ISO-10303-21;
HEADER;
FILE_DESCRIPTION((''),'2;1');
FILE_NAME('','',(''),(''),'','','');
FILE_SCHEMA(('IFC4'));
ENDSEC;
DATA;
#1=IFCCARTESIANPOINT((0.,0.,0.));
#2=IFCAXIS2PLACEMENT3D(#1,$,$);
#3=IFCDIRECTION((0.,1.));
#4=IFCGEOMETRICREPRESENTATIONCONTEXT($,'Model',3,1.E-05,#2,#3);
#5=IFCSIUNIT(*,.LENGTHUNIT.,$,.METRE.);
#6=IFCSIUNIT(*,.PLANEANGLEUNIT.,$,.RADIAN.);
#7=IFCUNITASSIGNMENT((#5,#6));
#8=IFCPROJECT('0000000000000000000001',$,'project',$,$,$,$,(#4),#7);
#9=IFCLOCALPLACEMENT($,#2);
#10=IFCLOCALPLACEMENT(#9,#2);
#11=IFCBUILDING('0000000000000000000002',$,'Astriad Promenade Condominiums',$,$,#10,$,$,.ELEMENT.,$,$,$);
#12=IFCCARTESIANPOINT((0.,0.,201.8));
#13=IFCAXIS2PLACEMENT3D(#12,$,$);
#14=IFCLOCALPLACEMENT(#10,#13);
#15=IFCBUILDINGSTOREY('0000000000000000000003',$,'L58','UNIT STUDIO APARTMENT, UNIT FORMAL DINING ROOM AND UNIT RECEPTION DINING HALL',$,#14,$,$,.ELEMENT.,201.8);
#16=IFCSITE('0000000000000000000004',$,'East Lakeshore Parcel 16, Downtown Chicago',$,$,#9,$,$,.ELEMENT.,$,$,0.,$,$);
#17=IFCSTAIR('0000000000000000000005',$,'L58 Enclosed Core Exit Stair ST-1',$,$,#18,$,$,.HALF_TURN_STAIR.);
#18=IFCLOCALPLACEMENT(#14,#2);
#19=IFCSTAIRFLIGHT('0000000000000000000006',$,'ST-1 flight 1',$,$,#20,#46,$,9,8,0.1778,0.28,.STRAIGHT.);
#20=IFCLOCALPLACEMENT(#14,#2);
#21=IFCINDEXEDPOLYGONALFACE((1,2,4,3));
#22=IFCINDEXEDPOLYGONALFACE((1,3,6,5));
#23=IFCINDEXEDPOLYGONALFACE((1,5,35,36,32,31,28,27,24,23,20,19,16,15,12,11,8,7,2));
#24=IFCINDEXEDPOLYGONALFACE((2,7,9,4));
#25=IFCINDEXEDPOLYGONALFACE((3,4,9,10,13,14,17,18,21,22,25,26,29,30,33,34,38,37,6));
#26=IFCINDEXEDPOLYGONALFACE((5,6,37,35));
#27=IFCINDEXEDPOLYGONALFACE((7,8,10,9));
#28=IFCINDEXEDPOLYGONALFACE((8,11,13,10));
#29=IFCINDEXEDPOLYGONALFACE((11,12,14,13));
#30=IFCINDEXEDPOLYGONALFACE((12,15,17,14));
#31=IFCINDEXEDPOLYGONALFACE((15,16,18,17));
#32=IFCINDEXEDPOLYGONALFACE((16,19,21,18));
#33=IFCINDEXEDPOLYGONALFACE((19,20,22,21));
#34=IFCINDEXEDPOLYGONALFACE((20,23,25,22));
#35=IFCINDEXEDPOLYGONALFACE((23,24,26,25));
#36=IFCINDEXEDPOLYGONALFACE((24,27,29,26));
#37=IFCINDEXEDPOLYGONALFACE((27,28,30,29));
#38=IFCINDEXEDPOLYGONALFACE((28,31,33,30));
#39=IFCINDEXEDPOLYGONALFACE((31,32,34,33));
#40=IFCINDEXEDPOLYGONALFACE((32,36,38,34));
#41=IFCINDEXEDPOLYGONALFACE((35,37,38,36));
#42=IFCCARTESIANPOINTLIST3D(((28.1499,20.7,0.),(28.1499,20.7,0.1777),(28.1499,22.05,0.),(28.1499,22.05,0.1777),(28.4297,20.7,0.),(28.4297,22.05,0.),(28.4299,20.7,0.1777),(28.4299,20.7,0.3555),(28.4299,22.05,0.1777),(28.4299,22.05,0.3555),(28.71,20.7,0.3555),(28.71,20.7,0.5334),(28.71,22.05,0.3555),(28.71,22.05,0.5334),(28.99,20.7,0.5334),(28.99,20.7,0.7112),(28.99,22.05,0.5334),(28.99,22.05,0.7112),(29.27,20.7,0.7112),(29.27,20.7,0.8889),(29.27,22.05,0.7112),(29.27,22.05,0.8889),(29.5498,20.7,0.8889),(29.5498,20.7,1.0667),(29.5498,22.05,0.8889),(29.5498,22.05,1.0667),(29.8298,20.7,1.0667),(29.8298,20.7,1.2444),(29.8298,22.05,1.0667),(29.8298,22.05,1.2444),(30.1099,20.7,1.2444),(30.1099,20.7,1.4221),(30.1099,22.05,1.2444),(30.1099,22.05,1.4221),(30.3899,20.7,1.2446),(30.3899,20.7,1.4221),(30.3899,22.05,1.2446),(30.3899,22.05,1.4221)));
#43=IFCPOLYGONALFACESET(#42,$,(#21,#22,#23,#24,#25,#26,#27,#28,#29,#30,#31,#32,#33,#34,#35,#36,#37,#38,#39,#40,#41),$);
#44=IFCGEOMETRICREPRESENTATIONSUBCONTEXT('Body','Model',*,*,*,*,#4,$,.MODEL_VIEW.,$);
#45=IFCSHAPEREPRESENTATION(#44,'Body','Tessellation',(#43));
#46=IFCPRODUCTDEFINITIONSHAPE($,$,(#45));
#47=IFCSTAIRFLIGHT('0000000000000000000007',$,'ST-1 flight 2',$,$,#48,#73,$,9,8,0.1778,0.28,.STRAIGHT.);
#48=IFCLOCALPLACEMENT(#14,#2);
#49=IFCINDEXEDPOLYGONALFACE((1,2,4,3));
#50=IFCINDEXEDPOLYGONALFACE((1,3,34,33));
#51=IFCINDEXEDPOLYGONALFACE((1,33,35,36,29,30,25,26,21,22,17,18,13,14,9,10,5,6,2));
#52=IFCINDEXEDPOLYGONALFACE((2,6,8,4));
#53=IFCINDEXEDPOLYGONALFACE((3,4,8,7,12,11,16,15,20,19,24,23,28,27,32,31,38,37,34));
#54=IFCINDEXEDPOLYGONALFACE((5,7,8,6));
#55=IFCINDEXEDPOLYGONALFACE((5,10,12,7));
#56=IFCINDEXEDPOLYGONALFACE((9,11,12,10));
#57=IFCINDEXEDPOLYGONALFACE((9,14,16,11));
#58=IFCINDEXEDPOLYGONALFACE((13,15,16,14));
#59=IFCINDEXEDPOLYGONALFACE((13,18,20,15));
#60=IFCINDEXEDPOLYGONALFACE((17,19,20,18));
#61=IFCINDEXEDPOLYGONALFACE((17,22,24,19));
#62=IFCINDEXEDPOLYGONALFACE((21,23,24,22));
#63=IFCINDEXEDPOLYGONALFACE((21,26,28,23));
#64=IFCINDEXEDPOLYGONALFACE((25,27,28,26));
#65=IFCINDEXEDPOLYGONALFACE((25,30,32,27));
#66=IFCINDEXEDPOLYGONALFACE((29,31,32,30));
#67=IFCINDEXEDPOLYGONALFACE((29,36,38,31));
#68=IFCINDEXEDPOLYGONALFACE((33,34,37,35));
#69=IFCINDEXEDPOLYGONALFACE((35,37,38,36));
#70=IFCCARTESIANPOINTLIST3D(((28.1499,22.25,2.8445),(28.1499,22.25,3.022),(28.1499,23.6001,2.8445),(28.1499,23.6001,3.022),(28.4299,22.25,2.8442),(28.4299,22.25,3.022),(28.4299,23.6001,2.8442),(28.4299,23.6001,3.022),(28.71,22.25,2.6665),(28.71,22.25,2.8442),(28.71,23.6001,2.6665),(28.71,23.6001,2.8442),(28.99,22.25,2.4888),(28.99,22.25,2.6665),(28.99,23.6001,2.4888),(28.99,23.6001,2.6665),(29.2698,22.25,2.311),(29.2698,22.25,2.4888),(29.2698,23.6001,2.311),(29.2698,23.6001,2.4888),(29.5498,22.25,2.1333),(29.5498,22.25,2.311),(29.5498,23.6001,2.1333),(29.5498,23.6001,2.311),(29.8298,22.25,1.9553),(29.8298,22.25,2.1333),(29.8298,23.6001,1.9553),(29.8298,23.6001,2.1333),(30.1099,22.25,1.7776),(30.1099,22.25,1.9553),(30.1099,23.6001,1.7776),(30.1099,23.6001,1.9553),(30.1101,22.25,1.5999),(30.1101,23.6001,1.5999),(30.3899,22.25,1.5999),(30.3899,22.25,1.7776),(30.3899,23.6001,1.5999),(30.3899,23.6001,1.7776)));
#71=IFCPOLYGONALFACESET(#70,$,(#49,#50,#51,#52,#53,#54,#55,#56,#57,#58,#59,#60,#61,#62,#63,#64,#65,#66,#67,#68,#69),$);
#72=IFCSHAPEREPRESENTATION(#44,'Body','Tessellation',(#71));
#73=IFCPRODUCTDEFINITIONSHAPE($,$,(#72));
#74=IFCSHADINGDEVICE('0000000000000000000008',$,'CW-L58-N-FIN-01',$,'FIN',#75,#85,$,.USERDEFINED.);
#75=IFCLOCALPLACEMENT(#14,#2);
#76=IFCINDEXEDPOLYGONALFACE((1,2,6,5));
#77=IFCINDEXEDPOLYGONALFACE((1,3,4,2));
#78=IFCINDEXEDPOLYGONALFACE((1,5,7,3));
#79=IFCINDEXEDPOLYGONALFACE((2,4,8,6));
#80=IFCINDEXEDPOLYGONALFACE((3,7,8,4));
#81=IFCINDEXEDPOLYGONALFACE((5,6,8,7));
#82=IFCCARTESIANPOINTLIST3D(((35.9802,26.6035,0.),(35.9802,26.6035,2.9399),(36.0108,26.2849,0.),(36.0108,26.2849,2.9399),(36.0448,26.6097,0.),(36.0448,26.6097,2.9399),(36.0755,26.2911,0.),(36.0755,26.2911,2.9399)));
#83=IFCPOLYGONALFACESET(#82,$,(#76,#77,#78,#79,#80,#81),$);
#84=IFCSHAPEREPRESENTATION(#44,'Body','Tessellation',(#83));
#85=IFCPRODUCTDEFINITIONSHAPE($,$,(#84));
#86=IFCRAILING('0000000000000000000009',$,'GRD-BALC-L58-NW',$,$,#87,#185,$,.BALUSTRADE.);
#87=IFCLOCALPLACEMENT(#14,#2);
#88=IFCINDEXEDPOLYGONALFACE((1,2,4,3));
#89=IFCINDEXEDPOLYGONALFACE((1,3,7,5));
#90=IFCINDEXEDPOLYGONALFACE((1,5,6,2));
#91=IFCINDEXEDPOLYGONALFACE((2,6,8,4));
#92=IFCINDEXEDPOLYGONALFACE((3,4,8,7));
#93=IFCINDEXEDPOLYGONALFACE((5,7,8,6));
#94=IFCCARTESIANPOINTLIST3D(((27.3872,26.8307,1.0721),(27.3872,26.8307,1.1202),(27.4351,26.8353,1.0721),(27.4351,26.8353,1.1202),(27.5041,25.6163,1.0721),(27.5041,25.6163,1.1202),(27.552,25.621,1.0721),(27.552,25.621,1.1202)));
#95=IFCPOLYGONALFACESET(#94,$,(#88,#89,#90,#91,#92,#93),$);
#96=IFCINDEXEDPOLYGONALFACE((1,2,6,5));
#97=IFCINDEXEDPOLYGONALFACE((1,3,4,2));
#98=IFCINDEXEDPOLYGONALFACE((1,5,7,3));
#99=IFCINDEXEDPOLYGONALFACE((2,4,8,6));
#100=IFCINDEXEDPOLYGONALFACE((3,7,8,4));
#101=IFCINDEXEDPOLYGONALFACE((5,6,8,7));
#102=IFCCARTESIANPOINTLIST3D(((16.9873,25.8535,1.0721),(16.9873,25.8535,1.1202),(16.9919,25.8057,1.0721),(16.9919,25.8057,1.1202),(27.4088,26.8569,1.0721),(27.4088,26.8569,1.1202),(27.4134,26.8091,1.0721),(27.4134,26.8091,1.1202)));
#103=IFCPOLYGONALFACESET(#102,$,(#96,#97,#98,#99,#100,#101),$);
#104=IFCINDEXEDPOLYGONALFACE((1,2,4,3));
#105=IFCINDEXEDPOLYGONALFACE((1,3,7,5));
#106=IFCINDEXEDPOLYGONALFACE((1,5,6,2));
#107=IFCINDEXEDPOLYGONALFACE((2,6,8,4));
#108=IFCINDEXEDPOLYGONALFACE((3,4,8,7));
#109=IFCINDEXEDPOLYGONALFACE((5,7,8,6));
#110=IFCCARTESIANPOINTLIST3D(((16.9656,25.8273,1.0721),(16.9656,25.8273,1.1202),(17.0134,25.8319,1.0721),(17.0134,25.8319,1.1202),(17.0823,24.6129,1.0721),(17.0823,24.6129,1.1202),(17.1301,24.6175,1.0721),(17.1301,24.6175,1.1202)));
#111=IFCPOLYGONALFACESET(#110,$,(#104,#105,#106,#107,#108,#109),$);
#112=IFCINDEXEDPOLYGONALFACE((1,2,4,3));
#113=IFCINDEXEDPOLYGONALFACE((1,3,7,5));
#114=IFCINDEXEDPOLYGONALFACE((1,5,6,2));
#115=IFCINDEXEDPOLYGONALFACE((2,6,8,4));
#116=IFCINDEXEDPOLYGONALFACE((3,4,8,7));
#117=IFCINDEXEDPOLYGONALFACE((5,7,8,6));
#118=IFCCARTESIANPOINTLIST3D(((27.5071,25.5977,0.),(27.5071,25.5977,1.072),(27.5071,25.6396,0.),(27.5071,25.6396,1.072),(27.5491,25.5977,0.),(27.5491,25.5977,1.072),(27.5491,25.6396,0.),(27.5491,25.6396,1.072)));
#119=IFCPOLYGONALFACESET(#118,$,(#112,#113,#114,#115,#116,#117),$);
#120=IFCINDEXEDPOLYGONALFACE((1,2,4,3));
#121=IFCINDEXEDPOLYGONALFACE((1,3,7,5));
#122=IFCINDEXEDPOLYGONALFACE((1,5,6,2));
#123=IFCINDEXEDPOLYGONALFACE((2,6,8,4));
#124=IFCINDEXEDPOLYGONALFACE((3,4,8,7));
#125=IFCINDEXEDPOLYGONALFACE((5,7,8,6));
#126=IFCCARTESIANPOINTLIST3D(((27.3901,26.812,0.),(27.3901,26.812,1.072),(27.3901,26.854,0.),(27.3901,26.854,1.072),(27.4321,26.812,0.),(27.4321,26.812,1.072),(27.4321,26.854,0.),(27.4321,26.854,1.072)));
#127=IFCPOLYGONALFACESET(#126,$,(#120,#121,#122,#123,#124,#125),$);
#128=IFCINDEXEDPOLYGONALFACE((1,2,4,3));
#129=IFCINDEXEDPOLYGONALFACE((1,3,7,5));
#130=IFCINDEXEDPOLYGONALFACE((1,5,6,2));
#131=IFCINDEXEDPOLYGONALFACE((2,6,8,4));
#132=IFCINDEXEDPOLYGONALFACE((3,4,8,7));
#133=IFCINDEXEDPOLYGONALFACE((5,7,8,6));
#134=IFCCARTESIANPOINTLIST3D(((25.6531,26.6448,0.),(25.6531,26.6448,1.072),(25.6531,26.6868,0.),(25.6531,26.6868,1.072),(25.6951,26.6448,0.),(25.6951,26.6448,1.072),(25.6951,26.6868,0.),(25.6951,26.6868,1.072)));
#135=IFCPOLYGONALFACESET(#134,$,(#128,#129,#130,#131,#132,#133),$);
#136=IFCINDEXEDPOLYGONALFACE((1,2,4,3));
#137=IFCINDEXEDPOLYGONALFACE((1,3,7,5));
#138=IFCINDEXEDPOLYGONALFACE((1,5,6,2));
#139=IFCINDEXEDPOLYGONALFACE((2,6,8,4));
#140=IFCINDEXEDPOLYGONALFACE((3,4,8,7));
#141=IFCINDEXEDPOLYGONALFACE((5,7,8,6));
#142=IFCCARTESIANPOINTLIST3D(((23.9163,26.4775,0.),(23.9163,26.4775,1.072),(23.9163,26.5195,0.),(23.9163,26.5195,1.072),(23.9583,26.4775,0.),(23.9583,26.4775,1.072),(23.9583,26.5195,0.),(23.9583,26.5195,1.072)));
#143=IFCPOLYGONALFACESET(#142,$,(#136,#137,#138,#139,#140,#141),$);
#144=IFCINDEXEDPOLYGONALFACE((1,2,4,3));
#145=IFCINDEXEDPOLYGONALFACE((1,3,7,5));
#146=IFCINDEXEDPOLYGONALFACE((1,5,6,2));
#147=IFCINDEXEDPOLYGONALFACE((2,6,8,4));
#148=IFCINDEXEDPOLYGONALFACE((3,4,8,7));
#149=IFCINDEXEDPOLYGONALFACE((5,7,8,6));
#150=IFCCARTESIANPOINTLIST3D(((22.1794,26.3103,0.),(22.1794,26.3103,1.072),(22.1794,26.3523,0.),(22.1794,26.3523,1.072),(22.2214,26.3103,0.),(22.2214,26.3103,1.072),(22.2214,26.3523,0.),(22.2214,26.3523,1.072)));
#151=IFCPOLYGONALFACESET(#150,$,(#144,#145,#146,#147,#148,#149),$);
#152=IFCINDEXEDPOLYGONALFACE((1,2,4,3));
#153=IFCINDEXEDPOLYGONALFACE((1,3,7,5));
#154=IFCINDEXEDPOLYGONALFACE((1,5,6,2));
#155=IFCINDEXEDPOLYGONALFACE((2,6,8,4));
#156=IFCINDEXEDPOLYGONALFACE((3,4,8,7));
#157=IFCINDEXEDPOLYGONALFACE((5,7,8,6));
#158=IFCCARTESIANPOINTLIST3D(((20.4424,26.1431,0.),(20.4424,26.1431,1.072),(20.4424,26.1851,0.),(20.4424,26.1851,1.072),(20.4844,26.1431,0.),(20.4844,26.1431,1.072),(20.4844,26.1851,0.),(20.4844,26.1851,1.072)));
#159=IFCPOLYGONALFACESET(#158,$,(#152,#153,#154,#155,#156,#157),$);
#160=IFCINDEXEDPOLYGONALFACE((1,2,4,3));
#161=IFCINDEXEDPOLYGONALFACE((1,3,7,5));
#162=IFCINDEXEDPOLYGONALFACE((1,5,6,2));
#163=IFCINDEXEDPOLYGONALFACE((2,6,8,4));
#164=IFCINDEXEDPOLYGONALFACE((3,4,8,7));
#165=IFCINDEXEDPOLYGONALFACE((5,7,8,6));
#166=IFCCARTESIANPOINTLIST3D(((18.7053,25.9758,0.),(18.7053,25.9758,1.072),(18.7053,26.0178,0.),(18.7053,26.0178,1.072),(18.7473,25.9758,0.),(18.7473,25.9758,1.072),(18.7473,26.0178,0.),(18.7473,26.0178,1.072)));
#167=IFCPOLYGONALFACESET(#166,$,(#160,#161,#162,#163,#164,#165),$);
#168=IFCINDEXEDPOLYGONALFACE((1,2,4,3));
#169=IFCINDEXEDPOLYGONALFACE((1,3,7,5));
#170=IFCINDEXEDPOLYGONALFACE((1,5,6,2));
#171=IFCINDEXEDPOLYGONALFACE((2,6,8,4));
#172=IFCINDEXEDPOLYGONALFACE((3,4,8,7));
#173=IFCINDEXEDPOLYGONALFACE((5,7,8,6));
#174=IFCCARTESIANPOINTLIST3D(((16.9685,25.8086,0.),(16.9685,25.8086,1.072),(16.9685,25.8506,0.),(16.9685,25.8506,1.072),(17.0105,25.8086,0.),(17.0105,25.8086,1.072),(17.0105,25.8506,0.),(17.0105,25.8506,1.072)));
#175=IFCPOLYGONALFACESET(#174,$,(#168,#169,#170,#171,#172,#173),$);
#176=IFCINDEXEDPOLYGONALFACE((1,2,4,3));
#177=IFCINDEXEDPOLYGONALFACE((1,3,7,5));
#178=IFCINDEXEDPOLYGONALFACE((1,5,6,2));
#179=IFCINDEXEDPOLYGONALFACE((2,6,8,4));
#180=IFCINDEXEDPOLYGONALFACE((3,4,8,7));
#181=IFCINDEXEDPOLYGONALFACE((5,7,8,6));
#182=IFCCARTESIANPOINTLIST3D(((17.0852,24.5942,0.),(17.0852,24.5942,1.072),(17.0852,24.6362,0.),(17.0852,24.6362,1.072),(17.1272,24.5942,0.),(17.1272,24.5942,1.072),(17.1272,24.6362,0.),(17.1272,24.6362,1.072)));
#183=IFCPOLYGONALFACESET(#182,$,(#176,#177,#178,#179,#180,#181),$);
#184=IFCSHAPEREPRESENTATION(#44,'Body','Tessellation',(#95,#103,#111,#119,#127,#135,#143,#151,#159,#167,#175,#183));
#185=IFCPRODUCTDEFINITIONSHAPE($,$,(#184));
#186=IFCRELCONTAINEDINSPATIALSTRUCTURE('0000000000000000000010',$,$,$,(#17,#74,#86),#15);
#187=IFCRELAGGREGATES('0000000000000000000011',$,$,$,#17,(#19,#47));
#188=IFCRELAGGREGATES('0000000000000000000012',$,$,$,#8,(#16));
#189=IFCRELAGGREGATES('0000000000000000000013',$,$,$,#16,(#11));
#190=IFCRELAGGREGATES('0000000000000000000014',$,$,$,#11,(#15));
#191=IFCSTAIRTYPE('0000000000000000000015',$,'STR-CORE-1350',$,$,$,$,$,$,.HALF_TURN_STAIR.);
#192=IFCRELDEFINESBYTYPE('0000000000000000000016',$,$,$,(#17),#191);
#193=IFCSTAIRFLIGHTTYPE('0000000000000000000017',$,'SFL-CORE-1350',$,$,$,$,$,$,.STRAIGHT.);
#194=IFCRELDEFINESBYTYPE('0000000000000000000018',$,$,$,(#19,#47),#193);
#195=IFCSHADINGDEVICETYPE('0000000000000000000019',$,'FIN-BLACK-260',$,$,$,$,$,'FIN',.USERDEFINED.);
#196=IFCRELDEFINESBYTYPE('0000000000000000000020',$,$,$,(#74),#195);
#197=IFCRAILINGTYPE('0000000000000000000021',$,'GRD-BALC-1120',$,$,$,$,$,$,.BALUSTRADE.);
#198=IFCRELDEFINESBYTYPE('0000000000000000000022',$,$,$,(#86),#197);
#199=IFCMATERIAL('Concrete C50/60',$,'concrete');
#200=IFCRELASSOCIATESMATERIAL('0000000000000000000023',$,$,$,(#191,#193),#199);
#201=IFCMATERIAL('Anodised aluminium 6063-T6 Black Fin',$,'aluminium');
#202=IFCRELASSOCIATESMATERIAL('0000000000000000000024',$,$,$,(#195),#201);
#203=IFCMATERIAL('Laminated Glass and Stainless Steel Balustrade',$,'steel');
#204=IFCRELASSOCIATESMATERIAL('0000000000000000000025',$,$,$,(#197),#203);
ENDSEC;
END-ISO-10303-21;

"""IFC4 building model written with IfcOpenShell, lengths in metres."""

from ifc_helpers import new_model, si_unit, direction, frame, origin, origin_2d, place, context, subcontext, project, spatial, polyline, rectangle, outline, extrude, source, transform, mapped, material, type_object, type_shapes, element, aggregate, save


model = new_model("IFC4")

# Units and contexts
model_context = context("Model", 3, precision=1e-05, world=origin(), true_north=direction((0.0, 1.0)))
body_context = subcontext(model_context, "Body", "Model", "MODEL_VIEW")
ifc_project = project(units=[si_unit("LENGTHUNIT", "METRE"), si_unit("PLANEANGLEUNIT", "RADIAN")], contexts=[model_context])

# Site, building, storey
site_placement = place(None, origin())
site = spatial("IfcSite", under=ifc_project, at=site_placement, Name="East Lakeshore Parcel 16, Downtown Chicago", CompositionType="ELEMENT", RefElevation=0.0)
building_placement = place(site_placement, origin())
building = spatial("IfcBuilding", under=site, at=building_placement, Name="Astriad Promenade Condominiums", CompositionType="ELEMENT")
storey_placement = place(building_placement, frame((0.0, 0.0, 201.8)))
storey = spatial("IfcBuildingStorey", under=building, at=storey_placement, Name="L58", Description="UNIT STUDIO APARTMENT, UNIT FORMAL DINING ROOM AND UNIT RECEPTION DINING HALL", CompositionType="ELEMENT", Elevation=201.8)

# Shared definitions
ifc_material_1 = material(Name="Concrete C50/60", Category="concrete")

# Stair, stair flights
stair_type = type_object("IfcStairType", Name="STR-CORE-1350", PredefinedType="HALF_TURN_STAIR", material=ifc_material_1)
stair_placement = place(storey_placement, origin())
stair = element("IfcStair", 1, at=stair_placement, inside=storey, type_object=stair_type, Name="L58 Enclosed Core Exit Stair ST-1", PredefinedType="HALF_TURN_STAIR")
stair_flight_type = type_object("IfcStairFlightType", Name="SFL-CORE-1350", PredefinedType="STRAIGHT", material=ifc_material_1)
shared_shape_1 = source(origin(), body_context, "Body", "SweptSolid", [
    extrude(outline(polyline([(0.0, 0.0), (0.0, 0.1777), (0.28, 0.1777), (0.28, 0.3555), (0.5601, 0.3555), (0.5601, 0.5334), (0.8401, 0.5334), (0.8401, 0.7112), (1.1201, 0.7112), (1.1201, 0.8889), (1.3999, 0.8889), (1.3999, 1.0667), (1.6799, 1.0667), (1.6799, 1.2444), (1.96, 1.2444), (1.96, 1.4221), (2.24, 1.4221), (2.24, 1.6001), (2.24, 1.2446), (0.2798, 0.0), (0.0, 0.0)])), frame((0.0, 0.675, 0.0), z_axis=(0.0, -1.0, 0.0), x_axis=(1.0, 0.0, 0.0)), (0.0, 0.0, 1.0), 1.3501),
])
type_shapes(stair_flight_type, [shared_shape_1])
stair_flight_1_placement = place(storey_placement, frame((28.1499, 21.375, 0.0), z_axis=(0.0, 0.0, 1.0), x_axis=(1.0, 0.0, 0.0)))
stair_flight_1 = element("IfcStairFlight", 2, at=stair_flight_1_placement, type_object=stair_flight_type, Name="ST-1 flight 1", NumberOfRisers=9, NumberOfTreads=8, PredefinedType="STRAIGHT", RiserHeight=0.1778, TreadLength=0.28, context=body_context, shape_type="MappedRepresentation", body=[
    mapped(shared_shape_1, transform((0.0, 0.0, 0.0), scale=1.0)),
])
stair_flight_2_placement = place(storey_placement, frame((30.3899, 22.925, 1.5999), z_axis=(0.0, 0.0, 1.0), x_axis=(-1.0, 0.0, 0.0)))
stair_flight_2 = element("IfcStairFlight", 3, at=stair_flight_2_placement, type_object=stair_flight_type, Name="ST-1 flight 2", NumberOfRisers=9, NumberOfTreads=8, PredefinedType="STRAIGHT", RiserHeight=0.1778, TreadLength=0.28, context=body_context, shape_type="MappedRepresentation", body=[
    mapped(shared_shape_1, transform((0.0, 0.0, 0.0), scale=1.0)),
])
aggregate(stair, [stair_flight_1, stair_flight_2])

# Shading device
ifc_material_2 = material(Name="Anodised aluminium 6063-T6 Black Fin", Category="aluminium")
shading_device_type = type_object("IfcShadingDeviceType", Name="FIN-BLACK-260", ElementType="FIN", PredefinedType="USERDEFINED", material=ifc_material_2)
shared_shape_2 = source(origin(), body_context, "Body", "SweptSolid", [
    extrude(rectangle(XDim=0.0649, YDim=0.3201, at=origin_2d()), origin(), (0.0, 0.0, 1.0), 2.9399),
])
type_shapes(shading_device_type, [shared_shape_2])
shading_device_placement = place(storey_placement, frame((36.0278, 26.4473, 0.0), z_axis=(0.0, 0.0, 1.0), x_axis=(0.995396, 0.095846, 0.0)))
element("IfcShadingDevice", 4, at=shading_device_placement, inside=storey, type_object=shading_device_type, Name="CW-L58-N-FIN-01", ObjectType="FIN", PredefinedType="USERDEFINED", context=body_context, shape_type="MappedRepresentation", body=[
    mapped(shared_shape_2, transform((0.0, 0.0, 0.0), scale=1.0)),
])

# Railing
ifc_material_3 = material(Name="Laminated Glass and Stainless Steel Balustrade", Category="steel")
railing_type_1 = type_object("IfcRailingType", Name="GRD-BALC-1120", PredefinedType="BALUSTRADE", material=ifc_material_3)
shared_shape_3 = source(origin(), body_context, "Body", "SweptSolid", [
    extrude(rectangle(XDim=0.0481, YDim=0.0481, at=origin_2d()), frame((0.0, 0.0, 1.0962), z_axis=(-0.095857, 0.995395, 0.0), x_axis=(-0.995395, -0.095857, 0.0)), (0.0, 0.0, 1.0), 1.22),
    extrude(rectangle(XDim=0.0481, YDim=0.0481, at=origin_2d()), frame((-0.1169, 1.2144, 1.0962), z_axis=(-0.995397, -0.095839, 0.0), x_axis=(0.095839, -0.995397, 0.0)), (0.0, 0.0, 1.0), 10.4697),
    extrude(rectangle(XDim=0.0481, YDim=0.0481, at=origin_2d()), frame((-10.5386, 0.2109, 1.0962), z_axis=(0.095659, -0.995414, 0.0), x_axis=(0.995414, 0.095659, 0.0)), (0.0, 0.0, 1.0), 1.22),
    extrude(rectangle(XDim=0.042, YDim=0.042, at=origin_2d()), origin(), (0.0, 0.0, 1.0), 1.072),
    extrude(rectangle(XDim=0.042, YDim=0.042, at=origin_2d()), frame((-0.1169, 1.2144, 0.0)), (0.0, 0.0, 1.0), 1.072),
    extrude(rectangle(XDim=0.042, YDim=0.042, at=origin_2d()), frame((-1.854, 1.0471, 0.0)), (0.0, 0.0, 1.0), 1.072),
    extrude(rectangle(XDim=0.042, YDim=0.042, at=origin_2d()), frame((-3.5908, 0.8799, 0.0)), (0.0, 0.0, 1.0), 1.072),
    extrude(rectangle(XDim=0.042, YDim=0.042, at=origin_2d()), frame((-5.3276, 0.7126, 0.0)), (0.0, 0.0, 1.0), 1.072),
    extrude(rectangle(XDim=0.042, YDim=0.042, at=origin_2d()), frame((-7.0647, 0.5454, 0.0)), (0.0, 0.0, 1.0), 1.072),
    extrude(rectangle(XDim=0.042, YDim=0.042, at=origin_2d()), frame((-8.8018, 0.3782, 0.0)), (0.0, 0.0, 1.0), 1.072),
    extrude(rectangle(XDim=0.042, YDim=0.042, at=origin_2d()), frame((-10.5386, 0.2109, 0.0)), (0.0, 0.0, 1.0), 1.072),
    extrude(rectangle(XDim=0.042, YDim=0.042, at=origin_2d()), frame((-10.4219, -1.0034, 0.0)), (0.0, 0.0, 1.0), 1.072),
])
type_shapes(railing_type_1, [shared_shape_3])
railing_1_placement = place(storey_placement, frame((27.5281, 25.6187, 0.0)))
element("IfcRailing", 5, at=railing_1_placement, inside=storey, type_object=railing_type_1, Name="GRD-BALC-L58-NW", PredefinedType="BALUSTRADE", context=body_context, shape_type="MappedRepresentation", body=[
    mapped(shared_shape_3, transform((0.0, 0.0, 0.0), scale=1.0)),
])

save(model, "model.ifc")
